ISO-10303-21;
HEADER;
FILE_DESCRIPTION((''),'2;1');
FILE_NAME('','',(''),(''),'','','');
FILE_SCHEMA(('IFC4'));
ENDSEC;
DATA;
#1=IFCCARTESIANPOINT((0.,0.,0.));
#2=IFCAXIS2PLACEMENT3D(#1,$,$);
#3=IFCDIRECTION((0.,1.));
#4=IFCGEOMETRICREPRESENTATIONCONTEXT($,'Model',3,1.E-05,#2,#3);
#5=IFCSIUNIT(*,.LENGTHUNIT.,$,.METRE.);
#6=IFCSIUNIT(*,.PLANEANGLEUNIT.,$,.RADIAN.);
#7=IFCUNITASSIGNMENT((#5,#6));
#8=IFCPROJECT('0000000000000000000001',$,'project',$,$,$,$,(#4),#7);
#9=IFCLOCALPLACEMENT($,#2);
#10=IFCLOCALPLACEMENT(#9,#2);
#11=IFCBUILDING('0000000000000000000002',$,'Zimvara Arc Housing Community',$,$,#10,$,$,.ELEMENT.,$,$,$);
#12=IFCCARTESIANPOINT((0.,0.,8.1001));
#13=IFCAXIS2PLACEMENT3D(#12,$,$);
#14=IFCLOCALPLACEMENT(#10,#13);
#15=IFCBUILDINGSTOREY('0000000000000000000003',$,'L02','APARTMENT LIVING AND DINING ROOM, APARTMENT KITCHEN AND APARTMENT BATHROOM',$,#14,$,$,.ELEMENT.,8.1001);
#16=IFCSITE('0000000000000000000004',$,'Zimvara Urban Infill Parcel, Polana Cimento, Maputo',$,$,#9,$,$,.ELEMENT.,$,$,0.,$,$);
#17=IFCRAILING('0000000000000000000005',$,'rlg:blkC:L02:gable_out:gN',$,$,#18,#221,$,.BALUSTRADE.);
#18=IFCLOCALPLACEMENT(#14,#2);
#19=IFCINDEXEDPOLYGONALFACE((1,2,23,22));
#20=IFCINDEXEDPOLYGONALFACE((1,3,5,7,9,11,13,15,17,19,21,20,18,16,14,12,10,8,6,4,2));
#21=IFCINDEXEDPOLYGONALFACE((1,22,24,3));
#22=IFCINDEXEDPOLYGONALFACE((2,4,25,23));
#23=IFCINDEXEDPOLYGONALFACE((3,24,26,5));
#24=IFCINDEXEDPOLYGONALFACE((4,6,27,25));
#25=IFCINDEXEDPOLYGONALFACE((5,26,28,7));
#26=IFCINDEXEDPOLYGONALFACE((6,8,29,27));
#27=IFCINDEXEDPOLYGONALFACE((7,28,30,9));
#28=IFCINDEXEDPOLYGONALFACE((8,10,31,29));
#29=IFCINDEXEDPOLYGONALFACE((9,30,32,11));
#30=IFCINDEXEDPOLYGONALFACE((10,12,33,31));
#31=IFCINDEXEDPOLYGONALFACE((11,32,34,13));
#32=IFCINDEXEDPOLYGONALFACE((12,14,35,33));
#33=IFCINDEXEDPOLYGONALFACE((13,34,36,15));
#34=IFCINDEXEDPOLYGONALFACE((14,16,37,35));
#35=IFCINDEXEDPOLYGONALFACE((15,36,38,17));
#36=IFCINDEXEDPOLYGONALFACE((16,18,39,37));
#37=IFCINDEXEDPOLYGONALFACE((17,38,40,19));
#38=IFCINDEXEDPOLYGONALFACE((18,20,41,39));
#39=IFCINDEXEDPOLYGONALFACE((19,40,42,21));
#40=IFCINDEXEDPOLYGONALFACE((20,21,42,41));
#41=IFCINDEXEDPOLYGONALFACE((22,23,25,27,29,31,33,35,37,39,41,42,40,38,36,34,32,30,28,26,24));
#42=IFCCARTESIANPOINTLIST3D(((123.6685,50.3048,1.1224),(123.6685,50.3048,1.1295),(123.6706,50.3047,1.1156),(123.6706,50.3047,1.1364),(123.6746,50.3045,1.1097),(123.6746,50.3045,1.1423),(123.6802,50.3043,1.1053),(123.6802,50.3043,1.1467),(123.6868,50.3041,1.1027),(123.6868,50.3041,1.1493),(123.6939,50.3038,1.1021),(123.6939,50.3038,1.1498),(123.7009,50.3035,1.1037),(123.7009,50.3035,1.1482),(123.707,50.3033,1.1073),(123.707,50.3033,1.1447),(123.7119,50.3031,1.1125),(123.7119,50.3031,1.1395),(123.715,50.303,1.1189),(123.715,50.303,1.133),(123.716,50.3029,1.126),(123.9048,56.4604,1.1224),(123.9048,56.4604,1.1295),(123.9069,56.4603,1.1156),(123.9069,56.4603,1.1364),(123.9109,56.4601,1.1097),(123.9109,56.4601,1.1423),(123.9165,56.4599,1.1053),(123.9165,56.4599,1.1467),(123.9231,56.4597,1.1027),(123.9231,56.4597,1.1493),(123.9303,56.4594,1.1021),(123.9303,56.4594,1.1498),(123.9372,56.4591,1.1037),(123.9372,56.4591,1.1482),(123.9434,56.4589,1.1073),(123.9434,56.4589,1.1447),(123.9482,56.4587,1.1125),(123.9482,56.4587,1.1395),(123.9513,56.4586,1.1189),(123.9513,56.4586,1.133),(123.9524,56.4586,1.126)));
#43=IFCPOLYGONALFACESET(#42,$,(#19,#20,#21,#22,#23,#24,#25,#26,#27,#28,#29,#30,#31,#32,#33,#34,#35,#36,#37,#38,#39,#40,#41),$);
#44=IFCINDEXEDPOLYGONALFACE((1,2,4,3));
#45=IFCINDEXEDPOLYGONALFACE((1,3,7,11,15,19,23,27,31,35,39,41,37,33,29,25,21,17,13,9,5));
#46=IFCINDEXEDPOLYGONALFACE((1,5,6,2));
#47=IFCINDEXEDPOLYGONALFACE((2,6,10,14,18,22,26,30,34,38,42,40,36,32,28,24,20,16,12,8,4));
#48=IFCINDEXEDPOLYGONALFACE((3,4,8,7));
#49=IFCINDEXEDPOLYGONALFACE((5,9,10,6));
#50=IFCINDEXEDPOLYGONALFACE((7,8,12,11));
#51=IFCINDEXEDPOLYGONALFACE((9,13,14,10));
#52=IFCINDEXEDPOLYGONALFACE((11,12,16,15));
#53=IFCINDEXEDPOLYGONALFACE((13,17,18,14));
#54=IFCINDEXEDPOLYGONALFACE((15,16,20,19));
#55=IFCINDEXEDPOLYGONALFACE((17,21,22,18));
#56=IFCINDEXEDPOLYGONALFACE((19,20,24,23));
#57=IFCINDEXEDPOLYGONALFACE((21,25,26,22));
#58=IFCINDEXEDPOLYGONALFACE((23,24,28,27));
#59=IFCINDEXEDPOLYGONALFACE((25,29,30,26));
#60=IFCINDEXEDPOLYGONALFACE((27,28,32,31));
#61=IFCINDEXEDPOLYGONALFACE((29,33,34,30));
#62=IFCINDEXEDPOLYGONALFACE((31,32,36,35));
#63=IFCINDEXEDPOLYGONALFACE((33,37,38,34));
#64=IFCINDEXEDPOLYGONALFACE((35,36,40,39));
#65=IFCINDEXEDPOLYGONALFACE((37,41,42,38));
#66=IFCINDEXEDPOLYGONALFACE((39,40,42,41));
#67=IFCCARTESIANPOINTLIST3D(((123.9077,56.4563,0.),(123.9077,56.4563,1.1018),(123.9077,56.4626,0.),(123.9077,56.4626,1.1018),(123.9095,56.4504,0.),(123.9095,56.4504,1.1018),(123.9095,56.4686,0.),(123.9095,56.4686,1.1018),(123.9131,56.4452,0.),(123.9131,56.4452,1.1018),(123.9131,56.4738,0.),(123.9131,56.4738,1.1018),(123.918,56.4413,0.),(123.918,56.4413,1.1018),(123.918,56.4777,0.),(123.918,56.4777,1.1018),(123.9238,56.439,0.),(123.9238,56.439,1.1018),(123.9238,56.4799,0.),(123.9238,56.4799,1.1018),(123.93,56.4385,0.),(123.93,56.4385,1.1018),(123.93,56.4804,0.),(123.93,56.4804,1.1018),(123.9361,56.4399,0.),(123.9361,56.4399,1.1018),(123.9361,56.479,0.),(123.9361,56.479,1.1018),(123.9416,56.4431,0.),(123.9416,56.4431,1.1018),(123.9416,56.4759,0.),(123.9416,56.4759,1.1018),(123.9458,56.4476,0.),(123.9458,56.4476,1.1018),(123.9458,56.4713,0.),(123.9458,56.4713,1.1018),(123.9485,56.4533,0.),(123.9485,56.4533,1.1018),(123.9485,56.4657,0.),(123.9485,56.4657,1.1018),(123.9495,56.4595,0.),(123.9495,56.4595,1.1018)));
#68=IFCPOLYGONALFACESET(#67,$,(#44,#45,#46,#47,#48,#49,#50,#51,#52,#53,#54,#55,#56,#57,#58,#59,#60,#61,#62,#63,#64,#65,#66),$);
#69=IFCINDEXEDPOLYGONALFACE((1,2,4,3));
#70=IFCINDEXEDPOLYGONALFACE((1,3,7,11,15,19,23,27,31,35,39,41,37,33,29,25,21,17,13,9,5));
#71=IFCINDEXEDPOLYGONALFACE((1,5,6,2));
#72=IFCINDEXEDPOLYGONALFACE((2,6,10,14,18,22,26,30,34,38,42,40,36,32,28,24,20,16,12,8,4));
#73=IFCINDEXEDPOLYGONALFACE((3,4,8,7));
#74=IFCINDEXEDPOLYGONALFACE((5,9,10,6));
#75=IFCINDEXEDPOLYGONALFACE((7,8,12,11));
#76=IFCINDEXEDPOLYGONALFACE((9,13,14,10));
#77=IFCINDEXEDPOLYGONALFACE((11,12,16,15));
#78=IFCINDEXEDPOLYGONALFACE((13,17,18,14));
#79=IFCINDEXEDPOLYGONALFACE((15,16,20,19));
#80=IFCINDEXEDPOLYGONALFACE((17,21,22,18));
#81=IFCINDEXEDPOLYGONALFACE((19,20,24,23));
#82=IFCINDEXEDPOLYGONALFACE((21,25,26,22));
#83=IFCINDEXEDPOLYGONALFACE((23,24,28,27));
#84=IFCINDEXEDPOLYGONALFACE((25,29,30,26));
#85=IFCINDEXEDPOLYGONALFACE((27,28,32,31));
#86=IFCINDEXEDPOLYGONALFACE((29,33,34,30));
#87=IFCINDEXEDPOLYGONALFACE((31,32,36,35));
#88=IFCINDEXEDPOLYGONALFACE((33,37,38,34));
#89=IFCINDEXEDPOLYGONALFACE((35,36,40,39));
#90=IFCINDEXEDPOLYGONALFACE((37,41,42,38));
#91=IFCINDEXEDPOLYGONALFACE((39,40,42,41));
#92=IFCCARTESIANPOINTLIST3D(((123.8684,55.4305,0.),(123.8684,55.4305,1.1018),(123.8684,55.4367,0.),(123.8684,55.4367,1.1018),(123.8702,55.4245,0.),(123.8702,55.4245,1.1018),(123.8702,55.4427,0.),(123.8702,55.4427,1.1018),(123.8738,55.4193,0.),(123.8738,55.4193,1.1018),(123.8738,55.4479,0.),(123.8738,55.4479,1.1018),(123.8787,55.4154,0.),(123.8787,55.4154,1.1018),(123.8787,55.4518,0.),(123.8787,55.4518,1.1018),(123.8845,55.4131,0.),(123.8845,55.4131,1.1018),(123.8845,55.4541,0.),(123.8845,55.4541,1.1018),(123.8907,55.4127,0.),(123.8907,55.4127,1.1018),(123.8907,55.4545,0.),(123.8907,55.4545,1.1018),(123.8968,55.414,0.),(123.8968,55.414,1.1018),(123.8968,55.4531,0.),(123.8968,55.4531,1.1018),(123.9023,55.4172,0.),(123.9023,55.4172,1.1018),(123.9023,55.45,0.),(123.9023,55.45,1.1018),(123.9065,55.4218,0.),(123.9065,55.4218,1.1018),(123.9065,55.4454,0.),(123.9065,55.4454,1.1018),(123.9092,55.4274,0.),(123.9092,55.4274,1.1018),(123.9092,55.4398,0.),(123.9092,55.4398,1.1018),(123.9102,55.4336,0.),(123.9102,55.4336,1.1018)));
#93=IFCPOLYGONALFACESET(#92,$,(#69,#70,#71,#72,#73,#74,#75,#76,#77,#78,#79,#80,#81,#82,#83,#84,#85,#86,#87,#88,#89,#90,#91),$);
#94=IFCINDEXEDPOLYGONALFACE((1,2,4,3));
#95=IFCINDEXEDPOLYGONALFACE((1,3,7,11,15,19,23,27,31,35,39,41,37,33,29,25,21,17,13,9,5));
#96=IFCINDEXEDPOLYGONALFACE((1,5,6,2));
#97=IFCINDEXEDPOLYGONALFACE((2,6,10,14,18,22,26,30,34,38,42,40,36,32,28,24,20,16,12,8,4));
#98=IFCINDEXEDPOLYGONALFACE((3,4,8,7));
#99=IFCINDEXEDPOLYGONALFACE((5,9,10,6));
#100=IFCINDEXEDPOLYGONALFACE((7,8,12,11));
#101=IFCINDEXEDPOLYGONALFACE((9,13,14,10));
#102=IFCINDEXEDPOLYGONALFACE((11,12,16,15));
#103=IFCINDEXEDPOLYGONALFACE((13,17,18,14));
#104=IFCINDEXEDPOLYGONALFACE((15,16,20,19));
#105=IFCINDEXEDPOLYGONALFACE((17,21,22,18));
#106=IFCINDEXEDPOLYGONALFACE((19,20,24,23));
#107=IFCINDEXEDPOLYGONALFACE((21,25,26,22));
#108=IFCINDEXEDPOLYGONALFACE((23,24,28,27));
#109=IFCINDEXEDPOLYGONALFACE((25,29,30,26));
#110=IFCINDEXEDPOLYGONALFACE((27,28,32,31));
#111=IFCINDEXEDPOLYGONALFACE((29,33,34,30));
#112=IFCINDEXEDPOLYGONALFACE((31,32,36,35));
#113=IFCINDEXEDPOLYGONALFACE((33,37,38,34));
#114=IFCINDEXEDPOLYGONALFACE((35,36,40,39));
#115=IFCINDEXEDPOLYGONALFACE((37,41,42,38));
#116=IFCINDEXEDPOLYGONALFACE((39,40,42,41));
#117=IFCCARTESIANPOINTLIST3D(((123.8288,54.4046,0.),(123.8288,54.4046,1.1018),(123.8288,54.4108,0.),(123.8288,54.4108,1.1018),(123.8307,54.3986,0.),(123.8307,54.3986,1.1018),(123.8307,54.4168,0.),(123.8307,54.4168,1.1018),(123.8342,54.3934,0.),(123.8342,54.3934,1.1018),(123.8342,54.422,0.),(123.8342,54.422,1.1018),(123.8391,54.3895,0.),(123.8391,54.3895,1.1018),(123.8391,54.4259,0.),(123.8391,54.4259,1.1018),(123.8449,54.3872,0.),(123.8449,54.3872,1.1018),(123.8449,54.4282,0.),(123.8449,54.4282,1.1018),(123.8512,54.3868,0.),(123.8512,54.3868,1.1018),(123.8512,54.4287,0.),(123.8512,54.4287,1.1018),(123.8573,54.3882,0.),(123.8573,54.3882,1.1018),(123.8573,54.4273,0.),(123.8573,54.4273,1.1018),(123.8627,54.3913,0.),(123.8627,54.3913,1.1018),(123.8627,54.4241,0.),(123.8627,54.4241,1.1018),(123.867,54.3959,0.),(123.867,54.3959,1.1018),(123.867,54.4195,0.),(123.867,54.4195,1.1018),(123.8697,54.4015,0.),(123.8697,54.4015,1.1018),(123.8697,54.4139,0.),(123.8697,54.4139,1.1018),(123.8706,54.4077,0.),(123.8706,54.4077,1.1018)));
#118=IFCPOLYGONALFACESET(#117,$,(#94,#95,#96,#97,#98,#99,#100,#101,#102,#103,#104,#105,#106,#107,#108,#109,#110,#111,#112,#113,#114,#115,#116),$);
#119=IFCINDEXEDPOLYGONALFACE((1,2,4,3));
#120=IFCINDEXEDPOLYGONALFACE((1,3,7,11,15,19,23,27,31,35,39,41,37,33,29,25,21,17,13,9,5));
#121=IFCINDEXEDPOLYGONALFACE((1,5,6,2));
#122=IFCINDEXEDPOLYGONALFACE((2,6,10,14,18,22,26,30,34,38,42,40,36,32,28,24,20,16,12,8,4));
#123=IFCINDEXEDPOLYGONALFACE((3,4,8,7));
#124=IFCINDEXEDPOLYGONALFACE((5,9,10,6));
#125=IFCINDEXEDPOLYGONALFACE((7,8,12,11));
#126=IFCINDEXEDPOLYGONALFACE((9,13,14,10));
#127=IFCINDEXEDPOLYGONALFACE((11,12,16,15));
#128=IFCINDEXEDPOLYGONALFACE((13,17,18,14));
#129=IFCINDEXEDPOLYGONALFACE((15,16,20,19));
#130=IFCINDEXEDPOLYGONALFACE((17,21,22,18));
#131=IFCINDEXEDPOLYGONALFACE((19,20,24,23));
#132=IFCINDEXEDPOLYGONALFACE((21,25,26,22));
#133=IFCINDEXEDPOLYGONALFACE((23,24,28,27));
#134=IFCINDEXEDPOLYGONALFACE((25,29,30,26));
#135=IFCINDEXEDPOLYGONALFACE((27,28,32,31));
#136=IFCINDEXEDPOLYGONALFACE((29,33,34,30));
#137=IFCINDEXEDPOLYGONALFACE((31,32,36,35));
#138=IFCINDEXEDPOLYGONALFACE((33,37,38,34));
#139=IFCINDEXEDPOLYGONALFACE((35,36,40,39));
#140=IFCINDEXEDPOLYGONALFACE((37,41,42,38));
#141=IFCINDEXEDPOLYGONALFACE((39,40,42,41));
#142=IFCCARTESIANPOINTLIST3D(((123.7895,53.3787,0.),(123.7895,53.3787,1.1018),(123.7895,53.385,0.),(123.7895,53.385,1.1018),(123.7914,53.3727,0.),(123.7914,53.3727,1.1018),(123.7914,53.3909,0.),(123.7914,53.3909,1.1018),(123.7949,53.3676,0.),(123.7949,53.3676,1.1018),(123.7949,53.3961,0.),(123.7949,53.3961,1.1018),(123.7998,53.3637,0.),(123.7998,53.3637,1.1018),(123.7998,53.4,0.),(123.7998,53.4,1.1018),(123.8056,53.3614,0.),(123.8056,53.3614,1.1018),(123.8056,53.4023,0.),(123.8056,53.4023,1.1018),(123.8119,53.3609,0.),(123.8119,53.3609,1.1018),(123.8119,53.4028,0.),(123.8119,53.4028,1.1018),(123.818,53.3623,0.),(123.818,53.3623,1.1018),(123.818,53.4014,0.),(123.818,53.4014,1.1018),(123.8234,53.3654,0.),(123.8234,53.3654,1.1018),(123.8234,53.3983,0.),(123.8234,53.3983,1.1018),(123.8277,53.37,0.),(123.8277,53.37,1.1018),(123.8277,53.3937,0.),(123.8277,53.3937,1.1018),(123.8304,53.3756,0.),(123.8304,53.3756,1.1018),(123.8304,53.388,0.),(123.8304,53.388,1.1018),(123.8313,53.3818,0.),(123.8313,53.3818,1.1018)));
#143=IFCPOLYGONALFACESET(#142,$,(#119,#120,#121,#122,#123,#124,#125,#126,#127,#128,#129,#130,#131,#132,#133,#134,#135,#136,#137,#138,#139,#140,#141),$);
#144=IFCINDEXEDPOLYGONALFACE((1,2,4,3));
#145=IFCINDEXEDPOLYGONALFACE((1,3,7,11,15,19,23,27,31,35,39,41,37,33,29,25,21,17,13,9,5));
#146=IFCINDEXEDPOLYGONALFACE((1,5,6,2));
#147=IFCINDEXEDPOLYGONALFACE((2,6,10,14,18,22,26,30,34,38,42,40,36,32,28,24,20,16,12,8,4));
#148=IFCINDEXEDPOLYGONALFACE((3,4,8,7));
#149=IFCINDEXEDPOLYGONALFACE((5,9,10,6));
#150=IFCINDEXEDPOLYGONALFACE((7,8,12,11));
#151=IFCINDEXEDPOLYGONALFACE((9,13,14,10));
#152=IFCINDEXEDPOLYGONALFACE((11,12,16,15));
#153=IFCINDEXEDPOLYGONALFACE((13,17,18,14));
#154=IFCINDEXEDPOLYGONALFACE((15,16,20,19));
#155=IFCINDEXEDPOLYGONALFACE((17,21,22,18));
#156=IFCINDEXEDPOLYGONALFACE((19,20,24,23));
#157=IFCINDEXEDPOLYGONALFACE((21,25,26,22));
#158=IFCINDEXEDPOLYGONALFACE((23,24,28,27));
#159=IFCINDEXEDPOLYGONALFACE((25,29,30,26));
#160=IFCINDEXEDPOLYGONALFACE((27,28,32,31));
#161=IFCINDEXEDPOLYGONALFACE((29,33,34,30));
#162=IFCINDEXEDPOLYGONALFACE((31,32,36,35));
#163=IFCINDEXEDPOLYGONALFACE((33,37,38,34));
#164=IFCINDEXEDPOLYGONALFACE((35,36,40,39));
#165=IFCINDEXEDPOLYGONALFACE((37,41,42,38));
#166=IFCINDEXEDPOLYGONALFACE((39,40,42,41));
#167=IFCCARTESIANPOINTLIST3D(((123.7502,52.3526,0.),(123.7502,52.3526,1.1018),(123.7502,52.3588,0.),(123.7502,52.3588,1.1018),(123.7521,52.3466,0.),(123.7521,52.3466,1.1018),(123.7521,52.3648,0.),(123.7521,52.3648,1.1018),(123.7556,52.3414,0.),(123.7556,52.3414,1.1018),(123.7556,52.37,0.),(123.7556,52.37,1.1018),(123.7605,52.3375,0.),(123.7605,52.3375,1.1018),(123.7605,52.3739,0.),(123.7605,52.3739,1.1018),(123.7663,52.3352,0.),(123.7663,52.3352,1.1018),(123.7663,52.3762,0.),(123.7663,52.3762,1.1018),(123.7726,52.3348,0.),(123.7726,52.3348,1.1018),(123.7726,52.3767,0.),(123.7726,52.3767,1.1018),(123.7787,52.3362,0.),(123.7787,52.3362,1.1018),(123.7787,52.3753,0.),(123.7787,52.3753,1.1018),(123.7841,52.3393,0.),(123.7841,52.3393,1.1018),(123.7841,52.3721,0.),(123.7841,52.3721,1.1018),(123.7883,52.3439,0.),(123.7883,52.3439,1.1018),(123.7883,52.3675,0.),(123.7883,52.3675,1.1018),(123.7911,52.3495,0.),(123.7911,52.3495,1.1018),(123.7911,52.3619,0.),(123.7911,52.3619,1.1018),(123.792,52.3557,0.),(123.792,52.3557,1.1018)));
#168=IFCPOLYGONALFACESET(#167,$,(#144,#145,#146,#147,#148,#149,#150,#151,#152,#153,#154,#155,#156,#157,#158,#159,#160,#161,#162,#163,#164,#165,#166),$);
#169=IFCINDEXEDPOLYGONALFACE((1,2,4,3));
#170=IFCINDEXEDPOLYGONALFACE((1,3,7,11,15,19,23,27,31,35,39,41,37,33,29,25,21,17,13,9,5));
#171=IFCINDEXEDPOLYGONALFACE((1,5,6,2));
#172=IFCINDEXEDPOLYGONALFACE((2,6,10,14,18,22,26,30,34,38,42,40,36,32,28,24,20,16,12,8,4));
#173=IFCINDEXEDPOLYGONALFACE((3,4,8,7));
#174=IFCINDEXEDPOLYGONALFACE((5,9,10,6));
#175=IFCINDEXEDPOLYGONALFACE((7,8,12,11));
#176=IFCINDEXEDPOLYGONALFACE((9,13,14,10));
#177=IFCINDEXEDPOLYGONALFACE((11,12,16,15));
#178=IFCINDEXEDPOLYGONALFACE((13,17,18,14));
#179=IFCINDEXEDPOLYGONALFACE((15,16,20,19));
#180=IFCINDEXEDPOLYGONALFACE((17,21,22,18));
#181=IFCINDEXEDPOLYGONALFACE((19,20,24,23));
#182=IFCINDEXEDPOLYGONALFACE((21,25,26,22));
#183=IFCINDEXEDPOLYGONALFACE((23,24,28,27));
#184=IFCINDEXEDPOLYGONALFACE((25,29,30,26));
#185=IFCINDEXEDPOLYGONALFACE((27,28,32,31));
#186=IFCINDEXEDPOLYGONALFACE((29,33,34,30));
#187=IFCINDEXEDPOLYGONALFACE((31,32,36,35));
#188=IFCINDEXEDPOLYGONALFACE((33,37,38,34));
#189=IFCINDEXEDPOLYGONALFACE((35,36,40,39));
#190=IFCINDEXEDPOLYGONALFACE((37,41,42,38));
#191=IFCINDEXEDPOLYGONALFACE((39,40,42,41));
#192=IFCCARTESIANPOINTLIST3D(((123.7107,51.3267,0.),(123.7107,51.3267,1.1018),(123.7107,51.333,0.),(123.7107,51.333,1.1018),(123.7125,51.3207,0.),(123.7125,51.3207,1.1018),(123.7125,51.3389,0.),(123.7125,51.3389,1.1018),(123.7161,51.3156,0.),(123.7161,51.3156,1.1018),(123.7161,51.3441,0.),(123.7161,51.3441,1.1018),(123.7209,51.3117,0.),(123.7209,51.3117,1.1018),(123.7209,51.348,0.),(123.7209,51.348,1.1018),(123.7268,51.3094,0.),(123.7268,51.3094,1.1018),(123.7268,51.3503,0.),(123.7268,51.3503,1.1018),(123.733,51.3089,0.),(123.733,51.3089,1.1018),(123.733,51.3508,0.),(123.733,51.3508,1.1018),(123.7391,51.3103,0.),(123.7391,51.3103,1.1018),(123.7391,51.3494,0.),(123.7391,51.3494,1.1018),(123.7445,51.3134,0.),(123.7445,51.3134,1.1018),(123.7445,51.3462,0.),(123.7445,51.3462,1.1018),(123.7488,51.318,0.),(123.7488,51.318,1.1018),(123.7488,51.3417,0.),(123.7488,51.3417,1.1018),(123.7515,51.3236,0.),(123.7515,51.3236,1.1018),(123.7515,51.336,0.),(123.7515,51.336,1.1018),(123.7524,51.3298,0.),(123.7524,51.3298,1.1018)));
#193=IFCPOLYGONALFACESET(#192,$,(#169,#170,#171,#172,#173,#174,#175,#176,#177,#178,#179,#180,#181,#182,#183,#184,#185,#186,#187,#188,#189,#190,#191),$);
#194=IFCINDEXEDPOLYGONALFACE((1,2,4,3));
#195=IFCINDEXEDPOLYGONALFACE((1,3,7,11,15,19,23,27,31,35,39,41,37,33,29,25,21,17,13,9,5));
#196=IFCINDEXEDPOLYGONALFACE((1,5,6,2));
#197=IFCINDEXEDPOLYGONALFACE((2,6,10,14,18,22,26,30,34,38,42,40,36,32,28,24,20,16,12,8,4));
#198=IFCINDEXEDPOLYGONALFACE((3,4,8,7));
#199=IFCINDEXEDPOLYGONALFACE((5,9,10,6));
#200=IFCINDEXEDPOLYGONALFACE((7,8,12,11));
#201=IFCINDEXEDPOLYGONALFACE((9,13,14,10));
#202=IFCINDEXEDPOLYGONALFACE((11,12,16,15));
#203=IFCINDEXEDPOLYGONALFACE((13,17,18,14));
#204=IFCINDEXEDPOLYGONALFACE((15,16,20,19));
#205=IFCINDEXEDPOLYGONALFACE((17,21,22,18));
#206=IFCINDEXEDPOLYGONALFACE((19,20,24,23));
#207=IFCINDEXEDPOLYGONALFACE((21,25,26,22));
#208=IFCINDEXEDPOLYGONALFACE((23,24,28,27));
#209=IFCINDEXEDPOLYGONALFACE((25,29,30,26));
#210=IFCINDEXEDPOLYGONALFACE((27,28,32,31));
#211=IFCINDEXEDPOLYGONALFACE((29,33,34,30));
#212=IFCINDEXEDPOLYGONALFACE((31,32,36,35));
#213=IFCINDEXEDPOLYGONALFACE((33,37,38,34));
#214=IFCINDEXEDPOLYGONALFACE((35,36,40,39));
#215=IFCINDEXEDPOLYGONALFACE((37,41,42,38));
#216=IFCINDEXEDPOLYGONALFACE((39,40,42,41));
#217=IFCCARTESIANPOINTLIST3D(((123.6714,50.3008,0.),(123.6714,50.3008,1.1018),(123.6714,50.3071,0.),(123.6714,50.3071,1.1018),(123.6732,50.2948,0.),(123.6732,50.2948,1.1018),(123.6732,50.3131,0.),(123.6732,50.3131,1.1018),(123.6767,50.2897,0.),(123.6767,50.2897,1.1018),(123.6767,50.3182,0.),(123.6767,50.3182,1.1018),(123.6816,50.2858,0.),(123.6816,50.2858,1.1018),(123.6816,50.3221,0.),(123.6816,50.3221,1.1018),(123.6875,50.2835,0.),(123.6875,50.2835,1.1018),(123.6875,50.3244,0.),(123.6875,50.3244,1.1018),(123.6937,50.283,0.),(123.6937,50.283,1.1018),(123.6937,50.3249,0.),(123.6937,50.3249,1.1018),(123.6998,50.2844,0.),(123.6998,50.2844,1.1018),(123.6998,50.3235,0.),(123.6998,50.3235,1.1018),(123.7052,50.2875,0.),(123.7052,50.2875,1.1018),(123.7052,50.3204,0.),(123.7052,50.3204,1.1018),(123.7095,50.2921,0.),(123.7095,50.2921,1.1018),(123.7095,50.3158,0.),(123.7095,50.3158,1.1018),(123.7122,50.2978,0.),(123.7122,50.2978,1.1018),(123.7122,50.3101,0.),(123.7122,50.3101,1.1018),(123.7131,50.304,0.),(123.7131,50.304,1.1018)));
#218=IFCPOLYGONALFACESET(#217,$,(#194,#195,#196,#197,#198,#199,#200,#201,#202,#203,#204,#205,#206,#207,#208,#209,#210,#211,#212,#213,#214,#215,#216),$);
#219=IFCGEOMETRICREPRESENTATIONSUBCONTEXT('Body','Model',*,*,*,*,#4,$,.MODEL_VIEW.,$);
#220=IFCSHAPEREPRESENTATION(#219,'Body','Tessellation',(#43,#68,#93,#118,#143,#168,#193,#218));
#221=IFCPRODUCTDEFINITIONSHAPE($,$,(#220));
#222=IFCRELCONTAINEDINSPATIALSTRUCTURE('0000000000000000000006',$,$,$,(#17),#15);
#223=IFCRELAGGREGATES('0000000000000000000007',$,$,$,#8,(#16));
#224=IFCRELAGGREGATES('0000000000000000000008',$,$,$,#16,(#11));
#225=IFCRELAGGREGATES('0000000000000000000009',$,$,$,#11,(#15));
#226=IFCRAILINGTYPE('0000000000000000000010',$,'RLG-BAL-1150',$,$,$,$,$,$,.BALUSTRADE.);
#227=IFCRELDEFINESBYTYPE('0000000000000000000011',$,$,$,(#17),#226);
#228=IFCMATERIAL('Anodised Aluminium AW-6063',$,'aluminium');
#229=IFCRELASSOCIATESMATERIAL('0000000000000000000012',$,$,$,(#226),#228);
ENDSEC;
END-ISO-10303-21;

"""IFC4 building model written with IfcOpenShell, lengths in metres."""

from ifc_helpers import new_model, si_unit, direction, frame, origin, origin_2d, place, context, subcontext, project, spatial, circle, extrude, material, type_object, element, save


model = new_model("IFC4")

# Units and contexts
model_context = context("Model", 3, precision=1e-05, world=origin(), true_north=direction((0.0, 1.0)))
body_context = subcontext(model_context, "Body", "Model", "MODEL_VIEW")
ifc_project = project(units=[si_unit("LENGTHUNIT", "METRE"), si_unit("PLANEANGLEUNIT", "RADIAN")], contexts=[model_context])

# Site, building, storey
site_placement = place(None, origin())
site = spatial("IfcSite", under=ifc_project, at=site_placement, Name="Zimvara Urban Infill Parcel, Polana Cimento, Maputo", CompositionType="ELEMENT", RefElevation=0.0)
building_placement = place(site_placement, origin())
building = spatial("IfcBuilding", under=site, at=building_placement, Name="Zimvara Arc Housing Community", CompositionType="ELEMENT")
storey_placement = place(building_placement, frame((0.0, 0.0, 8.1001)))
storey = spatial("IfcBuildingStorey", under=building, at=storey_placement, Name="L02", Description="APARTMENT LIVING AND DINING ROOM, APARTMENT KITCHEN AND APARTMENT BATHROOM", CompositionType="ELEMENT", Elevation=8.1001)

# Railing
ifc_material_1 = material(Name="Anodised Aluminium AW-6063", Category="aluminium")
railing_type_1 = type_object("IfcRailingType", Name="RLG-BAL-1150", PredefinedType="BALUSTRADE", material=ifc_material_1)
railing_1_placement = place(storey_placement, frame((123.9285, 56.4595, 0.0)))
element("IfcRailing", 1, at=railing_1_placement, inside=storey, type_object=railing_type_1, Name="rlg:blkC:L02:gable_out:gN", PredefinedType="BALUSTRADE", context=body_context, shape_type="SweptSolid", body=[
    extrude(circle(Radius=0.0239, at=origin_2d()), frame((0.0, 0.0, 1.126), z_axis=(-0.038365, -0.999264, 0.0), x_axis=(0.999264, -0.038365, 0.0)), (0.0, 0.0, 1.0), 6.1602),
    extrude(circle(Radius=0.021, at=origin_2d()), origin(), (0.0, 0.0, 1.0), 1.1018),
    extrude(circle(Radius=0.021, at=origin_2d()), frame((-0.0393, -1.0259, 0.0)), (0.0, 0.0, 1.0), 1.1018),
    extrude(circle(Radius=0.021, at=origin_2d()), frame((-0.0789, -2.0518, 0.0)), (0.0, 0.0, 1.0), 1.1018),
    extrude(circle(Radius=0.021, at=origin_2d()), frame((-0.1182, -3.0776, 0.0)), (0.0, 0.0, 1.0), 1.1018),
    extrude(circle(Radius=0.021, at=origin_2d()), frame((-0.1575, -4.1038, 0.0)), (0.0, 0.0, 1.0), 1.1018),
    extrude(circle(Radius=0.021, at=origin_2d()), frame((-0.197, -5.1296, 0.0)), (0.0, 0.0, 1.0), 1.1018),
    extrude(circle(Radius=0.021, at=origin_2d()), frame((-0.2363, -6.1555, 0.0)), (0.0, 0.0, 1.0), 1.1018),
])

save(model, "model.ifc")
